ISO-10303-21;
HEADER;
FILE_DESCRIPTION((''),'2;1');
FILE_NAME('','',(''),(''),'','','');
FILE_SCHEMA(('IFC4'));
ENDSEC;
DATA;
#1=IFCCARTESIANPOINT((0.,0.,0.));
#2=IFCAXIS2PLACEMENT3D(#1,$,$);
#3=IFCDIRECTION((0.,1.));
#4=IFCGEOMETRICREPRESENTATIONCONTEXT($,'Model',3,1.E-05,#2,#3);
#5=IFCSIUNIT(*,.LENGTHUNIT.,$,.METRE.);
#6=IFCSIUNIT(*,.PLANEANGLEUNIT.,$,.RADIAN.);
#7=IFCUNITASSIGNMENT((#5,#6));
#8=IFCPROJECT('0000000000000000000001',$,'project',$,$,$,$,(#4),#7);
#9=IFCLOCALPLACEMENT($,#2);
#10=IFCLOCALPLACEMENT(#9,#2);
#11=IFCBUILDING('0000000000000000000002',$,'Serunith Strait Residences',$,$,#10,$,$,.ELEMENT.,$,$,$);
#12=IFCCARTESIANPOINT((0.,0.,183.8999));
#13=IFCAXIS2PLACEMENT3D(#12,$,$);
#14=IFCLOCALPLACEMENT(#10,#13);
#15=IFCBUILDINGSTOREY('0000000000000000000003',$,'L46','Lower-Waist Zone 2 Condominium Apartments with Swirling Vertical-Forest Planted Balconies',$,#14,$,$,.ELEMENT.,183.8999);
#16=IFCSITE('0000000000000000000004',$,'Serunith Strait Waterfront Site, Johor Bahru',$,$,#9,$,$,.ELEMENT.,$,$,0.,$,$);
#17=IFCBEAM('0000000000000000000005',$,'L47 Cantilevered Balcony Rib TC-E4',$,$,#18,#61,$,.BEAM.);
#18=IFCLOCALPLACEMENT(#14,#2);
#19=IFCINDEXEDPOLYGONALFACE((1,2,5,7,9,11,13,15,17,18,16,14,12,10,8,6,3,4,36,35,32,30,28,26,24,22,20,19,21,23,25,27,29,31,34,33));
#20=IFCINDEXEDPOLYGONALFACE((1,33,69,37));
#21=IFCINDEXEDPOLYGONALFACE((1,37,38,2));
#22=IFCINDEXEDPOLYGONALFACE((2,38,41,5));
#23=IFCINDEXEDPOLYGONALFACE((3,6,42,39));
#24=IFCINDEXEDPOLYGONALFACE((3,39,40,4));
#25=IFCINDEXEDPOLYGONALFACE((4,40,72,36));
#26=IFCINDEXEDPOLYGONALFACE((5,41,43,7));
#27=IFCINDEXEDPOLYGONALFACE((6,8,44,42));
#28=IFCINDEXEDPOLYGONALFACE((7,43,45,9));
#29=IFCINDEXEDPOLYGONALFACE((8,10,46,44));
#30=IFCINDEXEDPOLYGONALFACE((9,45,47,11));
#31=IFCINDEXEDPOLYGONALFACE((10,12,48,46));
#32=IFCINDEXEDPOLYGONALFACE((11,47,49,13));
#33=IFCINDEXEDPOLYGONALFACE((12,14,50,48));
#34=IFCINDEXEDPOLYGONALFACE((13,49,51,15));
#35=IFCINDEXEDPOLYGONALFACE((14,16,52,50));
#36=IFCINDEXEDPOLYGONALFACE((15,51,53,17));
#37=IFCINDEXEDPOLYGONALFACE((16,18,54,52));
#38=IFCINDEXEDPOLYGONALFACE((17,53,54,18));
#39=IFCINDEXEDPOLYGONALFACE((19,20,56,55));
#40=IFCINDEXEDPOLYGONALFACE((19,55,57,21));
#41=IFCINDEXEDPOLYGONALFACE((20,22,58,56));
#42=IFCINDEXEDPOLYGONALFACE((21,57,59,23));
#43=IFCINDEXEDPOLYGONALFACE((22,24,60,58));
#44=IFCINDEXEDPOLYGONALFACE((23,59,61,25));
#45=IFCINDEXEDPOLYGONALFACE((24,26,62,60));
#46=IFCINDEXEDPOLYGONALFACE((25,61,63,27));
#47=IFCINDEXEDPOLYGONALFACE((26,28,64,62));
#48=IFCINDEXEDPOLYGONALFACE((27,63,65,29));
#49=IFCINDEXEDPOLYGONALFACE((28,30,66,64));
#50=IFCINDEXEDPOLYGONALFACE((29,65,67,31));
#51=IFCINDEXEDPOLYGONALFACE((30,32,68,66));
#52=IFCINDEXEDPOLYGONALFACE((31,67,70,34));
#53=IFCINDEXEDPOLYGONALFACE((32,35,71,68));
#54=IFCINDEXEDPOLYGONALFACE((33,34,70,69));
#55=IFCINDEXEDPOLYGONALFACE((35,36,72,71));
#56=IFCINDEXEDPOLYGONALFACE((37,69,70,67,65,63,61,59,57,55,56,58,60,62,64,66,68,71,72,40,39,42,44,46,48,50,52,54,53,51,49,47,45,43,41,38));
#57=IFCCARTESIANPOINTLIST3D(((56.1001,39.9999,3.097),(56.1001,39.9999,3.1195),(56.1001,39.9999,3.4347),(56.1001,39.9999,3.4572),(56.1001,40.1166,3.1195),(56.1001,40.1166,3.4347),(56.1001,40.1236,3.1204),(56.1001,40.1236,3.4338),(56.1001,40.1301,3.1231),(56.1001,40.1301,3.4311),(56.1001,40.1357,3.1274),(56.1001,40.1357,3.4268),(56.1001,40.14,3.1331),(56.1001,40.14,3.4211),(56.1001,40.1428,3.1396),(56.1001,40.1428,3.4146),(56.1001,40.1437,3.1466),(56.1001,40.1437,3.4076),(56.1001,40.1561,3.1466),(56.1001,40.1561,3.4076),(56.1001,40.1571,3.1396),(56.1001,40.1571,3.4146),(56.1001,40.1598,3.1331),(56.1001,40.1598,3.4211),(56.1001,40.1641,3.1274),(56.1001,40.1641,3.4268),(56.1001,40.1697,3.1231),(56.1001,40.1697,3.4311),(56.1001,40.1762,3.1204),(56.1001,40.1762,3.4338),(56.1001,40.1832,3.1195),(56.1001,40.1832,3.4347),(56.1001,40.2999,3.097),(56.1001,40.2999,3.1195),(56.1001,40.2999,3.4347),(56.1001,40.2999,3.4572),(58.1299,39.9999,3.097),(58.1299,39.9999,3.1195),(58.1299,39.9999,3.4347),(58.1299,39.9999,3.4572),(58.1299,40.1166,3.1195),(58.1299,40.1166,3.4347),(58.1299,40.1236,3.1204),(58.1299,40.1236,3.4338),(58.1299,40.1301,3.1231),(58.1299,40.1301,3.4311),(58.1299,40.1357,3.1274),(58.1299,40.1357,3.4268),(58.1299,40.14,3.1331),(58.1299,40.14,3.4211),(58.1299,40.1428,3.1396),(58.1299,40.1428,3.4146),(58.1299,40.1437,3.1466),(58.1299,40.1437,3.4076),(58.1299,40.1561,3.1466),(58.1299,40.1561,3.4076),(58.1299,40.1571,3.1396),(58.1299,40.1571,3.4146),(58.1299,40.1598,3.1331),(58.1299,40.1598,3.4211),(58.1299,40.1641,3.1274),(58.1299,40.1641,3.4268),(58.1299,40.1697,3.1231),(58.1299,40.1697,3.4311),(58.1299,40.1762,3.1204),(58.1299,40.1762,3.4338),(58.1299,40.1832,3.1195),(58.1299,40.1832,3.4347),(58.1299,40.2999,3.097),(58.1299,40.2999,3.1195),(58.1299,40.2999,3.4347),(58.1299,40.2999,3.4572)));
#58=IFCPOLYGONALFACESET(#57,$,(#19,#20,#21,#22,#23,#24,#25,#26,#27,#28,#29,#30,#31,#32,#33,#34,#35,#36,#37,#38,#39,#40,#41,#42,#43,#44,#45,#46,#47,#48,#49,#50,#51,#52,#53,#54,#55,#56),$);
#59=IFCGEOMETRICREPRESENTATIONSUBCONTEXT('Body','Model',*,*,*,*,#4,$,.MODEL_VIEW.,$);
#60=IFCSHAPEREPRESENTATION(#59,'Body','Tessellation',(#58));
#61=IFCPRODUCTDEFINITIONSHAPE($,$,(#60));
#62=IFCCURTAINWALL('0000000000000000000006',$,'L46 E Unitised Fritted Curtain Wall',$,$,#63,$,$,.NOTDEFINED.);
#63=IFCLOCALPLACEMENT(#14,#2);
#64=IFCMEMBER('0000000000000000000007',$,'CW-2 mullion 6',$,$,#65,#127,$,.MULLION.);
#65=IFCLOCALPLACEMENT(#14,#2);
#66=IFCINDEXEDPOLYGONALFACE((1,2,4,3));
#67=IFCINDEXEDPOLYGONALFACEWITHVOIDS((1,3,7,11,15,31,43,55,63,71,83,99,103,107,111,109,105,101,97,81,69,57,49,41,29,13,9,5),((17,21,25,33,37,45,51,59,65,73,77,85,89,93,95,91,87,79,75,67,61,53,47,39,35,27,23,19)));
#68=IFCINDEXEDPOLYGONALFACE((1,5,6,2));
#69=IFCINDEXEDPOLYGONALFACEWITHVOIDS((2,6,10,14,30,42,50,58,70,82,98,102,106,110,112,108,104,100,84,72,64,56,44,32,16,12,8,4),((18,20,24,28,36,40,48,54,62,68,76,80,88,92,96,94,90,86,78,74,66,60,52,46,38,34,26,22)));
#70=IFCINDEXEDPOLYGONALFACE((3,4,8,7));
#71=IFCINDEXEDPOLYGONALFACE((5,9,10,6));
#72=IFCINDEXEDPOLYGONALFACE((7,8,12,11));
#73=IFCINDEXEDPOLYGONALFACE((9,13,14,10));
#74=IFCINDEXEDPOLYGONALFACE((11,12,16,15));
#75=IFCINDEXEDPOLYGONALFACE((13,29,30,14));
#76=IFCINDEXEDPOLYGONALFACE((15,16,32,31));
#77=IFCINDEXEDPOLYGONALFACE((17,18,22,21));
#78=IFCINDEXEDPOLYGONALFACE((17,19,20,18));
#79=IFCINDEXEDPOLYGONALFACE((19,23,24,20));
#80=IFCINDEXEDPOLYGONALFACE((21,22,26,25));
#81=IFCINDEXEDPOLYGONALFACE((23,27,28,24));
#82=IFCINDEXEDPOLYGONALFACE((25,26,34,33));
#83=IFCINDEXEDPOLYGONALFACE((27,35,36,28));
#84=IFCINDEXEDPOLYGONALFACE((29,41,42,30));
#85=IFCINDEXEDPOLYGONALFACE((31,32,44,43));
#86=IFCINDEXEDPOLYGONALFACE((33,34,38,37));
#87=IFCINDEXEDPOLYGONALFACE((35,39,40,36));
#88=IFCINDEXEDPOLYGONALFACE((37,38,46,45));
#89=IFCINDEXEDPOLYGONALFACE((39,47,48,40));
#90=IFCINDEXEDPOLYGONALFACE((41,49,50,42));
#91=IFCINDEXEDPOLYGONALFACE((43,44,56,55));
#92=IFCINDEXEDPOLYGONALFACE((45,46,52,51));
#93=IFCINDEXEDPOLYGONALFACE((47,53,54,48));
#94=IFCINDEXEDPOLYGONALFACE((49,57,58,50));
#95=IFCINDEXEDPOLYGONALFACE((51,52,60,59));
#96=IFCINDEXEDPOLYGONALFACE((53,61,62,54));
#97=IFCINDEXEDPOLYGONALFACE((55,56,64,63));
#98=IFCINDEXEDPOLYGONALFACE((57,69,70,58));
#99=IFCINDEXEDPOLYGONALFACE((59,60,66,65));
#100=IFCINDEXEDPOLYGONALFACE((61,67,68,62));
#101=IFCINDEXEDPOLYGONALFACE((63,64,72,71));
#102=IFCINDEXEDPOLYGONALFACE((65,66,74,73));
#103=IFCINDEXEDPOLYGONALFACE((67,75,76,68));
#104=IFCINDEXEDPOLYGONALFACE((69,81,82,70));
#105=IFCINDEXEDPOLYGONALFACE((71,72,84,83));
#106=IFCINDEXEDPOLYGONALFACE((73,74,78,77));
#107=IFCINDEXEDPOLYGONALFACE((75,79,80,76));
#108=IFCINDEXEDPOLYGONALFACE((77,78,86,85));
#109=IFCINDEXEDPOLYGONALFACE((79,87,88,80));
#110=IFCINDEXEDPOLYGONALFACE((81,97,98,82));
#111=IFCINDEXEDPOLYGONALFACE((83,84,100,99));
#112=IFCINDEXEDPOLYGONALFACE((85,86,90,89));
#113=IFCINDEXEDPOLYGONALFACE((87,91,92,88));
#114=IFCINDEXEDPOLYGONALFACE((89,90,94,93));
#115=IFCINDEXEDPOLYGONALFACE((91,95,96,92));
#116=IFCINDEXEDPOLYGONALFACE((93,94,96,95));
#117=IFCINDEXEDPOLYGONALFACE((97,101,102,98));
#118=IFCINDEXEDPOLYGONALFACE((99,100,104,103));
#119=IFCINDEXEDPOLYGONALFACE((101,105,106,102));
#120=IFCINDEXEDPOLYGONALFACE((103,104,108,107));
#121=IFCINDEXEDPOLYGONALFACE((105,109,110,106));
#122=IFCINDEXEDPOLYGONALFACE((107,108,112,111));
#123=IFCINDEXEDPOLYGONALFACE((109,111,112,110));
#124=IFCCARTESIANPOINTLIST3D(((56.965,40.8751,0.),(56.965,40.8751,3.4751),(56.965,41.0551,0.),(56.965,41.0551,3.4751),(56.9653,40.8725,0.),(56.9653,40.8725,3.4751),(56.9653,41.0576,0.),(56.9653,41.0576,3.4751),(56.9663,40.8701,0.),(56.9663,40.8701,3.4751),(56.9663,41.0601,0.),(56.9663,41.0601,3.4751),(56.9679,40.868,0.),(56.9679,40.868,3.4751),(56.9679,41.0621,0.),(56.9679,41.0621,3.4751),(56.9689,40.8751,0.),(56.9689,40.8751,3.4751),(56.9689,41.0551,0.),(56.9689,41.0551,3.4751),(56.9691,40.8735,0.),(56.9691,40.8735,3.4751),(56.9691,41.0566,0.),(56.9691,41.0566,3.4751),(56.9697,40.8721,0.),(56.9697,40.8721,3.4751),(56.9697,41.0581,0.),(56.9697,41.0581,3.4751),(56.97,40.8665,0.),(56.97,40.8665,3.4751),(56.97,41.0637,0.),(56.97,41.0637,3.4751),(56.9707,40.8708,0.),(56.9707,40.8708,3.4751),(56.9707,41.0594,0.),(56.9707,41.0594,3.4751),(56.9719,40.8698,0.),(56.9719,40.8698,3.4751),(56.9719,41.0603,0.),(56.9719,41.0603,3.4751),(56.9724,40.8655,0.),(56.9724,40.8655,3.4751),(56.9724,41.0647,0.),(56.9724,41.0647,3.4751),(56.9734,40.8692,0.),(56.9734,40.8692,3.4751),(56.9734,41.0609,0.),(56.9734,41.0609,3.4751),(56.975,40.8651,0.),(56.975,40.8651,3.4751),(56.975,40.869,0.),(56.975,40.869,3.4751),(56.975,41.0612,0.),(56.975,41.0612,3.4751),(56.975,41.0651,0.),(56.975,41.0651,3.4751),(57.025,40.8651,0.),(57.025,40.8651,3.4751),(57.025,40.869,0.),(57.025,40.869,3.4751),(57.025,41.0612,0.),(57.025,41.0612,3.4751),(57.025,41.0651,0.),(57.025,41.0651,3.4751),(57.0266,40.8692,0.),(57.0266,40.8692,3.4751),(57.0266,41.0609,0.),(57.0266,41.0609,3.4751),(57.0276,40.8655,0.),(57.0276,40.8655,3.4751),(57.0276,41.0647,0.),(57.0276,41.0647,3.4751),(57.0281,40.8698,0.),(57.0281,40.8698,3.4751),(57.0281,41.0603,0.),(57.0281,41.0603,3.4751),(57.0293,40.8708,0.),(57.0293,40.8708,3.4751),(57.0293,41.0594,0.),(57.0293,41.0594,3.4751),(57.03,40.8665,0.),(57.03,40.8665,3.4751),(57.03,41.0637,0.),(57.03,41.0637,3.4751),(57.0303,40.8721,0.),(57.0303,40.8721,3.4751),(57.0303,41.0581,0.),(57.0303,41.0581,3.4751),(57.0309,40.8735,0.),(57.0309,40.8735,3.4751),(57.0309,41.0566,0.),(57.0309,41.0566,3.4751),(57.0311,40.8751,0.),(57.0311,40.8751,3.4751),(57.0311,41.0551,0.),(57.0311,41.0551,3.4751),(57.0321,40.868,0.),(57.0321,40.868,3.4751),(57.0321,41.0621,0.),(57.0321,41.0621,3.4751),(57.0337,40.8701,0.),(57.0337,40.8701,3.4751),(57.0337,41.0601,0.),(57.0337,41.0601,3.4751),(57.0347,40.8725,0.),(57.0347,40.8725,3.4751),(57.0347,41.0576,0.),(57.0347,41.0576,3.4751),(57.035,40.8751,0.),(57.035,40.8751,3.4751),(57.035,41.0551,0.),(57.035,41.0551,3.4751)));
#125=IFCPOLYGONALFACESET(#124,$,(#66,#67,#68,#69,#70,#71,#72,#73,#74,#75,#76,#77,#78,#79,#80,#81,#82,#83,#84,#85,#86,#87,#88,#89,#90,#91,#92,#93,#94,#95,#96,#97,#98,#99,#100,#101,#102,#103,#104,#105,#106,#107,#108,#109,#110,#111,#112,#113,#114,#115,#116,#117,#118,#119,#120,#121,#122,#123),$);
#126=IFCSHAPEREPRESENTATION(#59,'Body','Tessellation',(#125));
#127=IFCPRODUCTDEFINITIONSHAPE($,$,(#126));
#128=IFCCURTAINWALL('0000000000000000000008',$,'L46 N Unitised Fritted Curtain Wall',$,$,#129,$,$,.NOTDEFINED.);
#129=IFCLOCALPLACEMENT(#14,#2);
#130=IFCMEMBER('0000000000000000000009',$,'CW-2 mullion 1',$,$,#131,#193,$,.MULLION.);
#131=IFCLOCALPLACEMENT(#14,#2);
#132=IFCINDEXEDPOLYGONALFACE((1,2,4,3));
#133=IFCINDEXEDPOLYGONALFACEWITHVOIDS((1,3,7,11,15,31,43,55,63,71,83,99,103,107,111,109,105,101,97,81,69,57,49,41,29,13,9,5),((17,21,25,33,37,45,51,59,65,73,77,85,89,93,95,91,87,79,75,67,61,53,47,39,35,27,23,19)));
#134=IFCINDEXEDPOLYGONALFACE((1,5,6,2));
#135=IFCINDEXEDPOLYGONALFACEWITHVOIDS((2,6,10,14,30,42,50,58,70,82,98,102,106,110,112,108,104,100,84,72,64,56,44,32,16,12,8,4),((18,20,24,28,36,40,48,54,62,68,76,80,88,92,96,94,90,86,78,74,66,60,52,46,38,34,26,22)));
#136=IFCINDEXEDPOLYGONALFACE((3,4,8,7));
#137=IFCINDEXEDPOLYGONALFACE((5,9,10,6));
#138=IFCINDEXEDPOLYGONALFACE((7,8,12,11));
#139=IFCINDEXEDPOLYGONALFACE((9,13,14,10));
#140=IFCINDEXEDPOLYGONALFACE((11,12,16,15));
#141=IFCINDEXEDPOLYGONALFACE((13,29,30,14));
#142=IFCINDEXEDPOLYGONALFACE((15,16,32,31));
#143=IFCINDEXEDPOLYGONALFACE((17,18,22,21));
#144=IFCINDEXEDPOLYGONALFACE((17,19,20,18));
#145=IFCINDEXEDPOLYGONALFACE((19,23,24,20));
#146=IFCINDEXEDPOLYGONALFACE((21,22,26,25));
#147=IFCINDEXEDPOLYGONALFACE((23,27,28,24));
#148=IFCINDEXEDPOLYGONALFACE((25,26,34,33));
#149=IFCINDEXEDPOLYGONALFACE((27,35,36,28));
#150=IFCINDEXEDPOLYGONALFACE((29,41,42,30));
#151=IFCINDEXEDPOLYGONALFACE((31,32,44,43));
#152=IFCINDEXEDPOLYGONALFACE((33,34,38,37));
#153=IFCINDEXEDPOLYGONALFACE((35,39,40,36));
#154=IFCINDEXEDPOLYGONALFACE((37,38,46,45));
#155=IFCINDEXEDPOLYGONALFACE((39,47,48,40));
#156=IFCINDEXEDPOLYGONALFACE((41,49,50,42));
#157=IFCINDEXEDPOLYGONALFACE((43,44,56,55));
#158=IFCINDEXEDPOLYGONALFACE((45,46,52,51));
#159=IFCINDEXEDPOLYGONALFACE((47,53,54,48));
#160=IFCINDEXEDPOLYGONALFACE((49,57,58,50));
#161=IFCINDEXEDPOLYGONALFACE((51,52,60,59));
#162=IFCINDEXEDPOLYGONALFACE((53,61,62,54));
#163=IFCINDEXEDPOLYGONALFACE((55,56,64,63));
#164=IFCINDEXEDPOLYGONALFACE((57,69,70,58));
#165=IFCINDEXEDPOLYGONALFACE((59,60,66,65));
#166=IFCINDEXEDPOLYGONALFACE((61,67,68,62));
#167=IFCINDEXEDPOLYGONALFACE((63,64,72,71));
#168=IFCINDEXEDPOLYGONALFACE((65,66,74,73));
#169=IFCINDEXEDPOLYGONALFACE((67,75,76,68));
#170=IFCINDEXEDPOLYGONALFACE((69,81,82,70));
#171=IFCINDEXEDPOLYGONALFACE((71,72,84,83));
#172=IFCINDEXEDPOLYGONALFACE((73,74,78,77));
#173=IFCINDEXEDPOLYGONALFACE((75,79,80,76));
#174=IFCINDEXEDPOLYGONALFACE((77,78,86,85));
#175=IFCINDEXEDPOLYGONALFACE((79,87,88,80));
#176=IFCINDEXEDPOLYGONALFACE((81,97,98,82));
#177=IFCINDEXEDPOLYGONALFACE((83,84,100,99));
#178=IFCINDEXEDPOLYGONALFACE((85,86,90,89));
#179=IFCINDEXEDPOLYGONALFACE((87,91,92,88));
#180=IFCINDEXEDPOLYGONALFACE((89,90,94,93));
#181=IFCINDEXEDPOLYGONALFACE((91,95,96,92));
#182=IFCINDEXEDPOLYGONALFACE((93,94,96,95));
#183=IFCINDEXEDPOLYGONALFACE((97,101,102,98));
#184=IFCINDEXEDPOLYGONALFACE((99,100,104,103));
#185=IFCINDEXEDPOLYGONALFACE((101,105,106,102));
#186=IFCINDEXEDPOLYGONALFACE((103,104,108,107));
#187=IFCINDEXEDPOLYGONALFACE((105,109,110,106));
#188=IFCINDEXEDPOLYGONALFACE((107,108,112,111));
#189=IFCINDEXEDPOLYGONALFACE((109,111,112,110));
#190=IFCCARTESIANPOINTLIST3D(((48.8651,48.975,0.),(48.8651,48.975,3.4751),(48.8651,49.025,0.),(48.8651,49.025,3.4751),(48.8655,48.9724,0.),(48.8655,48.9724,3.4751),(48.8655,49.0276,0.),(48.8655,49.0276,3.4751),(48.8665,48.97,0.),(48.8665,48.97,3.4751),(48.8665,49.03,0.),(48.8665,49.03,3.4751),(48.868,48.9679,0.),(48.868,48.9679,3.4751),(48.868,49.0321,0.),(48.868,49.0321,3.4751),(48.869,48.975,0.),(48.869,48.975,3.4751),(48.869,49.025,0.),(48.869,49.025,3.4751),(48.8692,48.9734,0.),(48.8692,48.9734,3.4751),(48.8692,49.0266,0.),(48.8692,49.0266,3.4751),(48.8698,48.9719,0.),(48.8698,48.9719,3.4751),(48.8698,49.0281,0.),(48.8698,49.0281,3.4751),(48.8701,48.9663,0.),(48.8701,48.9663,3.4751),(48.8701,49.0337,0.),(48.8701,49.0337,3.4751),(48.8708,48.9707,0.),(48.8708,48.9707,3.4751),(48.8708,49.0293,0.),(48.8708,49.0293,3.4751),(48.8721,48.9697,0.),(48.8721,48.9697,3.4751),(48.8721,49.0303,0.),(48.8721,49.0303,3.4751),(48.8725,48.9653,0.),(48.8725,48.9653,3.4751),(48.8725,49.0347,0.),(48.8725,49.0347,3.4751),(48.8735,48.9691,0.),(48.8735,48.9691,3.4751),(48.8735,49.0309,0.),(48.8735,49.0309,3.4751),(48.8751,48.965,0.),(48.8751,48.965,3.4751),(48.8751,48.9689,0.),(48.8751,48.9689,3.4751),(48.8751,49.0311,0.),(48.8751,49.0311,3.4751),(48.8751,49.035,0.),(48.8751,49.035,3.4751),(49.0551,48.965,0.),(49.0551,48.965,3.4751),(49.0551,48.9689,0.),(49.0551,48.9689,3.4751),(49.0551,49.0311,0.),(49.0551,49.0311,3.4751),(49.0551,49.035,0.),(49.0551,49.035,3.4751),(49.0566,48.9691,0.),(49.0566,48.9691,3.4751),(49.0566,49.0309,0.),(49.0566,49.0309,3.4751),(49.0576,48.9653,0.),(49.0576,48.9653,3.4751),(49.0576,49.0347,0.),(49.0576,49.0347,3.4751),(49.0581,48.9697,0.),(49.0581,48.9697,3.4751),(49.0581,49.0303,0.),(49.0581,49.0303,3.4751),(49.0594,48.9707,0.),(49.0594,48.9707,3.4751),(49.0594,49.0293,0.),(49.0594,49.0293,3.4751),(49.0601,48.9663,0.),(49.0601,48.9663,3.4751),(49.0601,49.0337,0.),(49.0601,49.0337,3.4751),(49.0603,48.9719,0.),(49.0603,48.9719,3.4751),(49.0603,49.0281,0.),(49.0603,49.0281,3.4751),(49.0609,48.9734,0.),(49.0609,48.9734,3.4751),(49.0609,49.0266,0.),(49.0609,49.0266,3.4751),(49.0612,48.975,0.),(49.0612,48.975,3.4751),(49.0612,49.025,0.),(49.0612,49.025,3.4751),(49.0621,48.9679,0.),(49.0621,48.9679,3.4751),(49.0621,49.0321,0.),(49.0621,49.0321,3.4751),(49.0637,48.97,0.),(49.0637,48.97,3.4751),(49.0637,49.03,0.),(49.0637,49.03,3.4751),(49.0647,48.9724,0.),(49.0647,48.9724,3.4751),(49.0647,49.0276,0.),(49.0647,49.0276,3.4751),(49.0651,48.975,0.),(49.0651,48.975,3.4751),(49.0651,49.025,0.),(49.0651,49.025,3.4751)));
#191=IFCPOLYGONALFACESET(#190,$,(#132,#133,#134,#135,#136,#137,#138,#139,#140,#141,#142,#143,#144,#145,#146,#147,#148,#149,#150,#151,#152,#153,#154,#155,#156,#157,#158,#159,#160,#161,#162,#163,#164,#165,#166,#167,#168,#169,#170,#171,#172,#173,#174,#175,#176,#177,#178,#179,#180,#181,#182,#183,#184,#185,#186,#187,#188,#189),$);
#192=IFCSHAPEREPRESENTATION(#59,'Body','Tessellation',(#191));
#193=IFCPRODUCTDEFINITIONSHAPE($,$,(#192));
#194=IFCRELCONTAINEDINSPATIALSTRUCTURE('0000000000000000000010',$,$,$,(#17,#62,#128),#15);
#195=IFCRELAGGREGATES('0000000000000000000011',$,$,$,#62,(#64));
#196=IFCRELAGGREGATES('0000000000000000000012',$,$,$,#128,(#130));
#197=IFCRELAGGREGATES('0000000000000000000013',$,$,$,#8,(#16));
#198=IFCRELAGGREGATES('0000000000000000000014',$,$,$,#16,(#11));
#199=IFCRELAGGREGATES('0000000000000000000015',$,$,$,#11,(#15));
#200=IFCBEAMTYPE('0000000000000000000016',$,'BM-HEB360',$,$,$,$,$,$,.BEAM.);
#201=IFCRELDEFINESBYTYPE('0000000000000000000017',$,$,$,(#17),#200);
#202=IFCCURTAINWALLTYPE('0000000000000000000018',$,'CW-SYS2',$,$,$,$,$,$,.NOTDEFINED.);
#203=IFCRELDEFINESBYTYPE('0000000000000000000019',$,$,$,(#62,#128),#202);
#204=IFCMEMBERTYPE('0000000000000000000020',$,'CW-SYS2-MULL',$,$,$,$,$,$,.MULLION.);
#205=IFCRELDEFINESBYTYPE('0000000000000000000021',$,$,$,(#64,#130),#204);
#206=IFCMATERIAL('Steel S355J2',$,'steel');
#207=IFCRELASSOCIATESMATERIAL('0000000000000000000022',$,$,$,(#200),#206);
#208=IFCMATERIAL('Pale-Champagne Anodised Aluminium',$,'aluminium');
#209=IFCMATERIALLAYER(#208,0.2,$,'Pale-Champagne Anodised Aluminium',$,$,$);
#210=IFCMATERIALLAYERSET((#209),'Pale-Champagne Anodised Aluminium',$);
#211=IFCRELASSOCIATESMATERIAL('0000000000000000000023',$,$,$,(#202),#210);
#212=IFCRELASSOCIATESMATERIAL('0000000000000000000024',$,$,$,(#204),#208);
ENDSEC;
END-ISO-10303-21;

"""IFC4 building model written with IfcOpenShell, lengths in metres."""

from ifc_helpers import new_model, si_unit, direction, frame, origin, origin_2d, place, context, subcontext, project, spatial, hollow_rectangle, i_section, extrude, source, transform, mapped, material, layer, layer_set, material_profile, profile_set, type_object, element, aggregate, save


model = new_model("IFC4")

# Units and contexts
model_context = context("Model", 3, precision=1e-05, world=origin(), true_north=direction((0.0, 1.0)))
body_context = subcontext(model_context, "Body", "Model", "MODEL_VIEW")
ifc_project = project(units=[si_unit("LENGTHUNIT", "METRE"), si_unit("PLANEANGLEUNIT", "RADIAN")], contexts=[model_context])

# Site, building, storey
site_placement = place(None, origin())
site = spatial("IfcSite", under=ifc_project, at=site_placement, Name="Serunith Strait Waterfront Site, Johor Bahru", CompositionType="ELEMENT", RefElevation=0.0)
building_placement = place(site_placement, origin())
building = spatial("IfcBuilding", under=site, at=building_placement, Name="Serunith Strait Residences", CompositionType="ELEMENT")
storey_placement = place(building_placement, frame((0.0, 0.0, 183.8999)))
storey = spatial("IfcBuildingStorey", under=building, at=storey_placement, Name="L46", Description="Lower-Waist Zone 2 Condominium Apartments with Swirling Vertical-Forest Planted Balconies", CompositionType="ELEMENT", Elevation=183.8999)

# Beam
ifc_material_1 = material(Name="Steel S355J2", Category="steel")
ifc_material_profile_1 = material_profile(ifc_material_1, i_section(OverallWidth=0.3, OverallDepth=0.3601, WebThickness=0.0125, FlangeThickness=0.0225, FilletRadius=0.0271, at=origin_2d()), Name="HEB 360")
ifc_profile_set_1 = profile_set([ifc_material_profile_1], Name="Steel S355J2")
beam_type_1 = type_object("IfcBeamType", Name="BM-HEB360", PredefinedType="BEAM", material=ifc_profile_set_1)
shared_shape_1 = source(origin(), body_context, "Body", "SweptSolid", [
    extrude(i_section(OverallWidth=0.3, OverallDepth=0.3601, WebThickness=0.0125, FlangeThickness=0.0225, FilletRadius=0.0271, at=origin_2d()), origin(), (0.0, 0.0, 1.0), 2.0298),
])
for number, where, z_axis, x_axis, name in (
    (1, (56.1001, 40.1499, 3.2771), (1.0, 0.0, 0.0), (0.0, 1.0, 0.0), "L47 Cantilevered Balcony Rib TC-E4"),
):
    element("IfcBeam", number, at=place(storey_placement, frame(where, z_axis=z_axis, x_axis=x_axis)), inside=storey, type_object=beam_type_1, Name=name, PredefinedType="BEAM", context=body_context, shape_type="MappedRepresentation", body=[
        mapped(shared_shape_1, transform((0.0, 0.0, 0.0), scale=1.0)),
    ])

# Curtain wall, member
ifc_material_2 = material(Name="Pale-Champagne Anodised Aluminium", Category="aluminium")
ifc_layer_1 = layer(ifc_material_2, 0.2, Name="Pale-Champagne Anodised Aluminium")
ifc_layer_set_1 = layer_set([ifc_layer_1], Name="Pale-Champagne Anodised Aluminium")
curtain_wall_type = type_object("IfcCurtainWallType", Name="CW-SYS2", PredefinedType="NOTDEFINED", material=ifc_layer_set_1)
curtain_wall_1_placement = place(storey_placement, origin())
curtain_wall_1 = element("IfcCurtainWall", 2, at=curtain_wall_1_placement, inside=storey, type_object=curtain_wall_type, Name="L46 E Unitised Fritted Curtain Wall", PredefinedType="NOTDEFINED")
ifc_material_profile_2 = material_profile(ifc_material_2, hollow_rectangle(XDim=0.0701, YDim=0.2, WallThickness=0.0039, InnerFilletRadius=0.0061, OuterFilletRadius=0.01, at=origin_2d()), Name="ALU 200x70x4")
ifc_profile_set_2 = profile_set([ifc_material_profile_2], Name="Pale-Champagne Anodised Aluminium")
member_type_1 = type_object("IfcMemberType", Name="CW-SYS2-MULL", PredefinedType="MULLION", material=ifc_profile_set_2)
shared_shape_2 = source(origin(), body_context, "Body", "SweptSolid", [
    extrude(hollow_rectangle(XDim=0.0701, YDim=0.2, WallThickness=0.0039, InnerFilletRadius=0.0061, OuterFilletRadius=0.01, at=origin_2d()), origin(), (0.0, 0.0, 1.0), 3.4751),
])
member_1_placement = place(storey_placement, frame((57.0, 40.9651, 0.0), z_axis=(0.0, 0.0, 1.0), x_axis=(-1.0, 0.0, 0.0)))
member_1 = element("IfcMember", 3, at=member_1_placement, type_object=member_type_1, Name="CW-2 mullion 6", PredefinedType="MULLION", context=body_context, shape_type="MappedRepresentation", body=[
    mapped(shared_shape_2, transform((0.0, 0.0, 0.0), scale=1.0)),
])

# Curtain wall, member
curtain_wall_2_placement = place(storey_placement, origin())
curtain_wall_2 = element("IfcCurtainWall", 4, at=curtain_wall_2_placement, inside=storey, type_object=curtain_wall_type, Name="L46 N Unitised Fritted Curtain Wall", PredefinedType="NOTDEFINED")
member_2_placement = place(storey_placement, frame((48.9651, 49.0, 0.0), z_axis=(0.0, 0.0, 1.0), x_axis=(0.0, -1.0, 0.0)))
member_2 = element("IfcMember", 5, at=member_2_placement, type_object=member_type_1, Name="CW-2 mullion 1", PredefinedType="MULLION", context=body_context, shape_type="MappedRepresentation", body=[
    mapped(shared_shape_2, transform((0.0, 0.0, 0.0), scale=1.0)),
])

aggregate(curtain_wall_1, [member_1])
aggregate(curtain_wall_2, [member_2])

save(model, "model.ifc")
